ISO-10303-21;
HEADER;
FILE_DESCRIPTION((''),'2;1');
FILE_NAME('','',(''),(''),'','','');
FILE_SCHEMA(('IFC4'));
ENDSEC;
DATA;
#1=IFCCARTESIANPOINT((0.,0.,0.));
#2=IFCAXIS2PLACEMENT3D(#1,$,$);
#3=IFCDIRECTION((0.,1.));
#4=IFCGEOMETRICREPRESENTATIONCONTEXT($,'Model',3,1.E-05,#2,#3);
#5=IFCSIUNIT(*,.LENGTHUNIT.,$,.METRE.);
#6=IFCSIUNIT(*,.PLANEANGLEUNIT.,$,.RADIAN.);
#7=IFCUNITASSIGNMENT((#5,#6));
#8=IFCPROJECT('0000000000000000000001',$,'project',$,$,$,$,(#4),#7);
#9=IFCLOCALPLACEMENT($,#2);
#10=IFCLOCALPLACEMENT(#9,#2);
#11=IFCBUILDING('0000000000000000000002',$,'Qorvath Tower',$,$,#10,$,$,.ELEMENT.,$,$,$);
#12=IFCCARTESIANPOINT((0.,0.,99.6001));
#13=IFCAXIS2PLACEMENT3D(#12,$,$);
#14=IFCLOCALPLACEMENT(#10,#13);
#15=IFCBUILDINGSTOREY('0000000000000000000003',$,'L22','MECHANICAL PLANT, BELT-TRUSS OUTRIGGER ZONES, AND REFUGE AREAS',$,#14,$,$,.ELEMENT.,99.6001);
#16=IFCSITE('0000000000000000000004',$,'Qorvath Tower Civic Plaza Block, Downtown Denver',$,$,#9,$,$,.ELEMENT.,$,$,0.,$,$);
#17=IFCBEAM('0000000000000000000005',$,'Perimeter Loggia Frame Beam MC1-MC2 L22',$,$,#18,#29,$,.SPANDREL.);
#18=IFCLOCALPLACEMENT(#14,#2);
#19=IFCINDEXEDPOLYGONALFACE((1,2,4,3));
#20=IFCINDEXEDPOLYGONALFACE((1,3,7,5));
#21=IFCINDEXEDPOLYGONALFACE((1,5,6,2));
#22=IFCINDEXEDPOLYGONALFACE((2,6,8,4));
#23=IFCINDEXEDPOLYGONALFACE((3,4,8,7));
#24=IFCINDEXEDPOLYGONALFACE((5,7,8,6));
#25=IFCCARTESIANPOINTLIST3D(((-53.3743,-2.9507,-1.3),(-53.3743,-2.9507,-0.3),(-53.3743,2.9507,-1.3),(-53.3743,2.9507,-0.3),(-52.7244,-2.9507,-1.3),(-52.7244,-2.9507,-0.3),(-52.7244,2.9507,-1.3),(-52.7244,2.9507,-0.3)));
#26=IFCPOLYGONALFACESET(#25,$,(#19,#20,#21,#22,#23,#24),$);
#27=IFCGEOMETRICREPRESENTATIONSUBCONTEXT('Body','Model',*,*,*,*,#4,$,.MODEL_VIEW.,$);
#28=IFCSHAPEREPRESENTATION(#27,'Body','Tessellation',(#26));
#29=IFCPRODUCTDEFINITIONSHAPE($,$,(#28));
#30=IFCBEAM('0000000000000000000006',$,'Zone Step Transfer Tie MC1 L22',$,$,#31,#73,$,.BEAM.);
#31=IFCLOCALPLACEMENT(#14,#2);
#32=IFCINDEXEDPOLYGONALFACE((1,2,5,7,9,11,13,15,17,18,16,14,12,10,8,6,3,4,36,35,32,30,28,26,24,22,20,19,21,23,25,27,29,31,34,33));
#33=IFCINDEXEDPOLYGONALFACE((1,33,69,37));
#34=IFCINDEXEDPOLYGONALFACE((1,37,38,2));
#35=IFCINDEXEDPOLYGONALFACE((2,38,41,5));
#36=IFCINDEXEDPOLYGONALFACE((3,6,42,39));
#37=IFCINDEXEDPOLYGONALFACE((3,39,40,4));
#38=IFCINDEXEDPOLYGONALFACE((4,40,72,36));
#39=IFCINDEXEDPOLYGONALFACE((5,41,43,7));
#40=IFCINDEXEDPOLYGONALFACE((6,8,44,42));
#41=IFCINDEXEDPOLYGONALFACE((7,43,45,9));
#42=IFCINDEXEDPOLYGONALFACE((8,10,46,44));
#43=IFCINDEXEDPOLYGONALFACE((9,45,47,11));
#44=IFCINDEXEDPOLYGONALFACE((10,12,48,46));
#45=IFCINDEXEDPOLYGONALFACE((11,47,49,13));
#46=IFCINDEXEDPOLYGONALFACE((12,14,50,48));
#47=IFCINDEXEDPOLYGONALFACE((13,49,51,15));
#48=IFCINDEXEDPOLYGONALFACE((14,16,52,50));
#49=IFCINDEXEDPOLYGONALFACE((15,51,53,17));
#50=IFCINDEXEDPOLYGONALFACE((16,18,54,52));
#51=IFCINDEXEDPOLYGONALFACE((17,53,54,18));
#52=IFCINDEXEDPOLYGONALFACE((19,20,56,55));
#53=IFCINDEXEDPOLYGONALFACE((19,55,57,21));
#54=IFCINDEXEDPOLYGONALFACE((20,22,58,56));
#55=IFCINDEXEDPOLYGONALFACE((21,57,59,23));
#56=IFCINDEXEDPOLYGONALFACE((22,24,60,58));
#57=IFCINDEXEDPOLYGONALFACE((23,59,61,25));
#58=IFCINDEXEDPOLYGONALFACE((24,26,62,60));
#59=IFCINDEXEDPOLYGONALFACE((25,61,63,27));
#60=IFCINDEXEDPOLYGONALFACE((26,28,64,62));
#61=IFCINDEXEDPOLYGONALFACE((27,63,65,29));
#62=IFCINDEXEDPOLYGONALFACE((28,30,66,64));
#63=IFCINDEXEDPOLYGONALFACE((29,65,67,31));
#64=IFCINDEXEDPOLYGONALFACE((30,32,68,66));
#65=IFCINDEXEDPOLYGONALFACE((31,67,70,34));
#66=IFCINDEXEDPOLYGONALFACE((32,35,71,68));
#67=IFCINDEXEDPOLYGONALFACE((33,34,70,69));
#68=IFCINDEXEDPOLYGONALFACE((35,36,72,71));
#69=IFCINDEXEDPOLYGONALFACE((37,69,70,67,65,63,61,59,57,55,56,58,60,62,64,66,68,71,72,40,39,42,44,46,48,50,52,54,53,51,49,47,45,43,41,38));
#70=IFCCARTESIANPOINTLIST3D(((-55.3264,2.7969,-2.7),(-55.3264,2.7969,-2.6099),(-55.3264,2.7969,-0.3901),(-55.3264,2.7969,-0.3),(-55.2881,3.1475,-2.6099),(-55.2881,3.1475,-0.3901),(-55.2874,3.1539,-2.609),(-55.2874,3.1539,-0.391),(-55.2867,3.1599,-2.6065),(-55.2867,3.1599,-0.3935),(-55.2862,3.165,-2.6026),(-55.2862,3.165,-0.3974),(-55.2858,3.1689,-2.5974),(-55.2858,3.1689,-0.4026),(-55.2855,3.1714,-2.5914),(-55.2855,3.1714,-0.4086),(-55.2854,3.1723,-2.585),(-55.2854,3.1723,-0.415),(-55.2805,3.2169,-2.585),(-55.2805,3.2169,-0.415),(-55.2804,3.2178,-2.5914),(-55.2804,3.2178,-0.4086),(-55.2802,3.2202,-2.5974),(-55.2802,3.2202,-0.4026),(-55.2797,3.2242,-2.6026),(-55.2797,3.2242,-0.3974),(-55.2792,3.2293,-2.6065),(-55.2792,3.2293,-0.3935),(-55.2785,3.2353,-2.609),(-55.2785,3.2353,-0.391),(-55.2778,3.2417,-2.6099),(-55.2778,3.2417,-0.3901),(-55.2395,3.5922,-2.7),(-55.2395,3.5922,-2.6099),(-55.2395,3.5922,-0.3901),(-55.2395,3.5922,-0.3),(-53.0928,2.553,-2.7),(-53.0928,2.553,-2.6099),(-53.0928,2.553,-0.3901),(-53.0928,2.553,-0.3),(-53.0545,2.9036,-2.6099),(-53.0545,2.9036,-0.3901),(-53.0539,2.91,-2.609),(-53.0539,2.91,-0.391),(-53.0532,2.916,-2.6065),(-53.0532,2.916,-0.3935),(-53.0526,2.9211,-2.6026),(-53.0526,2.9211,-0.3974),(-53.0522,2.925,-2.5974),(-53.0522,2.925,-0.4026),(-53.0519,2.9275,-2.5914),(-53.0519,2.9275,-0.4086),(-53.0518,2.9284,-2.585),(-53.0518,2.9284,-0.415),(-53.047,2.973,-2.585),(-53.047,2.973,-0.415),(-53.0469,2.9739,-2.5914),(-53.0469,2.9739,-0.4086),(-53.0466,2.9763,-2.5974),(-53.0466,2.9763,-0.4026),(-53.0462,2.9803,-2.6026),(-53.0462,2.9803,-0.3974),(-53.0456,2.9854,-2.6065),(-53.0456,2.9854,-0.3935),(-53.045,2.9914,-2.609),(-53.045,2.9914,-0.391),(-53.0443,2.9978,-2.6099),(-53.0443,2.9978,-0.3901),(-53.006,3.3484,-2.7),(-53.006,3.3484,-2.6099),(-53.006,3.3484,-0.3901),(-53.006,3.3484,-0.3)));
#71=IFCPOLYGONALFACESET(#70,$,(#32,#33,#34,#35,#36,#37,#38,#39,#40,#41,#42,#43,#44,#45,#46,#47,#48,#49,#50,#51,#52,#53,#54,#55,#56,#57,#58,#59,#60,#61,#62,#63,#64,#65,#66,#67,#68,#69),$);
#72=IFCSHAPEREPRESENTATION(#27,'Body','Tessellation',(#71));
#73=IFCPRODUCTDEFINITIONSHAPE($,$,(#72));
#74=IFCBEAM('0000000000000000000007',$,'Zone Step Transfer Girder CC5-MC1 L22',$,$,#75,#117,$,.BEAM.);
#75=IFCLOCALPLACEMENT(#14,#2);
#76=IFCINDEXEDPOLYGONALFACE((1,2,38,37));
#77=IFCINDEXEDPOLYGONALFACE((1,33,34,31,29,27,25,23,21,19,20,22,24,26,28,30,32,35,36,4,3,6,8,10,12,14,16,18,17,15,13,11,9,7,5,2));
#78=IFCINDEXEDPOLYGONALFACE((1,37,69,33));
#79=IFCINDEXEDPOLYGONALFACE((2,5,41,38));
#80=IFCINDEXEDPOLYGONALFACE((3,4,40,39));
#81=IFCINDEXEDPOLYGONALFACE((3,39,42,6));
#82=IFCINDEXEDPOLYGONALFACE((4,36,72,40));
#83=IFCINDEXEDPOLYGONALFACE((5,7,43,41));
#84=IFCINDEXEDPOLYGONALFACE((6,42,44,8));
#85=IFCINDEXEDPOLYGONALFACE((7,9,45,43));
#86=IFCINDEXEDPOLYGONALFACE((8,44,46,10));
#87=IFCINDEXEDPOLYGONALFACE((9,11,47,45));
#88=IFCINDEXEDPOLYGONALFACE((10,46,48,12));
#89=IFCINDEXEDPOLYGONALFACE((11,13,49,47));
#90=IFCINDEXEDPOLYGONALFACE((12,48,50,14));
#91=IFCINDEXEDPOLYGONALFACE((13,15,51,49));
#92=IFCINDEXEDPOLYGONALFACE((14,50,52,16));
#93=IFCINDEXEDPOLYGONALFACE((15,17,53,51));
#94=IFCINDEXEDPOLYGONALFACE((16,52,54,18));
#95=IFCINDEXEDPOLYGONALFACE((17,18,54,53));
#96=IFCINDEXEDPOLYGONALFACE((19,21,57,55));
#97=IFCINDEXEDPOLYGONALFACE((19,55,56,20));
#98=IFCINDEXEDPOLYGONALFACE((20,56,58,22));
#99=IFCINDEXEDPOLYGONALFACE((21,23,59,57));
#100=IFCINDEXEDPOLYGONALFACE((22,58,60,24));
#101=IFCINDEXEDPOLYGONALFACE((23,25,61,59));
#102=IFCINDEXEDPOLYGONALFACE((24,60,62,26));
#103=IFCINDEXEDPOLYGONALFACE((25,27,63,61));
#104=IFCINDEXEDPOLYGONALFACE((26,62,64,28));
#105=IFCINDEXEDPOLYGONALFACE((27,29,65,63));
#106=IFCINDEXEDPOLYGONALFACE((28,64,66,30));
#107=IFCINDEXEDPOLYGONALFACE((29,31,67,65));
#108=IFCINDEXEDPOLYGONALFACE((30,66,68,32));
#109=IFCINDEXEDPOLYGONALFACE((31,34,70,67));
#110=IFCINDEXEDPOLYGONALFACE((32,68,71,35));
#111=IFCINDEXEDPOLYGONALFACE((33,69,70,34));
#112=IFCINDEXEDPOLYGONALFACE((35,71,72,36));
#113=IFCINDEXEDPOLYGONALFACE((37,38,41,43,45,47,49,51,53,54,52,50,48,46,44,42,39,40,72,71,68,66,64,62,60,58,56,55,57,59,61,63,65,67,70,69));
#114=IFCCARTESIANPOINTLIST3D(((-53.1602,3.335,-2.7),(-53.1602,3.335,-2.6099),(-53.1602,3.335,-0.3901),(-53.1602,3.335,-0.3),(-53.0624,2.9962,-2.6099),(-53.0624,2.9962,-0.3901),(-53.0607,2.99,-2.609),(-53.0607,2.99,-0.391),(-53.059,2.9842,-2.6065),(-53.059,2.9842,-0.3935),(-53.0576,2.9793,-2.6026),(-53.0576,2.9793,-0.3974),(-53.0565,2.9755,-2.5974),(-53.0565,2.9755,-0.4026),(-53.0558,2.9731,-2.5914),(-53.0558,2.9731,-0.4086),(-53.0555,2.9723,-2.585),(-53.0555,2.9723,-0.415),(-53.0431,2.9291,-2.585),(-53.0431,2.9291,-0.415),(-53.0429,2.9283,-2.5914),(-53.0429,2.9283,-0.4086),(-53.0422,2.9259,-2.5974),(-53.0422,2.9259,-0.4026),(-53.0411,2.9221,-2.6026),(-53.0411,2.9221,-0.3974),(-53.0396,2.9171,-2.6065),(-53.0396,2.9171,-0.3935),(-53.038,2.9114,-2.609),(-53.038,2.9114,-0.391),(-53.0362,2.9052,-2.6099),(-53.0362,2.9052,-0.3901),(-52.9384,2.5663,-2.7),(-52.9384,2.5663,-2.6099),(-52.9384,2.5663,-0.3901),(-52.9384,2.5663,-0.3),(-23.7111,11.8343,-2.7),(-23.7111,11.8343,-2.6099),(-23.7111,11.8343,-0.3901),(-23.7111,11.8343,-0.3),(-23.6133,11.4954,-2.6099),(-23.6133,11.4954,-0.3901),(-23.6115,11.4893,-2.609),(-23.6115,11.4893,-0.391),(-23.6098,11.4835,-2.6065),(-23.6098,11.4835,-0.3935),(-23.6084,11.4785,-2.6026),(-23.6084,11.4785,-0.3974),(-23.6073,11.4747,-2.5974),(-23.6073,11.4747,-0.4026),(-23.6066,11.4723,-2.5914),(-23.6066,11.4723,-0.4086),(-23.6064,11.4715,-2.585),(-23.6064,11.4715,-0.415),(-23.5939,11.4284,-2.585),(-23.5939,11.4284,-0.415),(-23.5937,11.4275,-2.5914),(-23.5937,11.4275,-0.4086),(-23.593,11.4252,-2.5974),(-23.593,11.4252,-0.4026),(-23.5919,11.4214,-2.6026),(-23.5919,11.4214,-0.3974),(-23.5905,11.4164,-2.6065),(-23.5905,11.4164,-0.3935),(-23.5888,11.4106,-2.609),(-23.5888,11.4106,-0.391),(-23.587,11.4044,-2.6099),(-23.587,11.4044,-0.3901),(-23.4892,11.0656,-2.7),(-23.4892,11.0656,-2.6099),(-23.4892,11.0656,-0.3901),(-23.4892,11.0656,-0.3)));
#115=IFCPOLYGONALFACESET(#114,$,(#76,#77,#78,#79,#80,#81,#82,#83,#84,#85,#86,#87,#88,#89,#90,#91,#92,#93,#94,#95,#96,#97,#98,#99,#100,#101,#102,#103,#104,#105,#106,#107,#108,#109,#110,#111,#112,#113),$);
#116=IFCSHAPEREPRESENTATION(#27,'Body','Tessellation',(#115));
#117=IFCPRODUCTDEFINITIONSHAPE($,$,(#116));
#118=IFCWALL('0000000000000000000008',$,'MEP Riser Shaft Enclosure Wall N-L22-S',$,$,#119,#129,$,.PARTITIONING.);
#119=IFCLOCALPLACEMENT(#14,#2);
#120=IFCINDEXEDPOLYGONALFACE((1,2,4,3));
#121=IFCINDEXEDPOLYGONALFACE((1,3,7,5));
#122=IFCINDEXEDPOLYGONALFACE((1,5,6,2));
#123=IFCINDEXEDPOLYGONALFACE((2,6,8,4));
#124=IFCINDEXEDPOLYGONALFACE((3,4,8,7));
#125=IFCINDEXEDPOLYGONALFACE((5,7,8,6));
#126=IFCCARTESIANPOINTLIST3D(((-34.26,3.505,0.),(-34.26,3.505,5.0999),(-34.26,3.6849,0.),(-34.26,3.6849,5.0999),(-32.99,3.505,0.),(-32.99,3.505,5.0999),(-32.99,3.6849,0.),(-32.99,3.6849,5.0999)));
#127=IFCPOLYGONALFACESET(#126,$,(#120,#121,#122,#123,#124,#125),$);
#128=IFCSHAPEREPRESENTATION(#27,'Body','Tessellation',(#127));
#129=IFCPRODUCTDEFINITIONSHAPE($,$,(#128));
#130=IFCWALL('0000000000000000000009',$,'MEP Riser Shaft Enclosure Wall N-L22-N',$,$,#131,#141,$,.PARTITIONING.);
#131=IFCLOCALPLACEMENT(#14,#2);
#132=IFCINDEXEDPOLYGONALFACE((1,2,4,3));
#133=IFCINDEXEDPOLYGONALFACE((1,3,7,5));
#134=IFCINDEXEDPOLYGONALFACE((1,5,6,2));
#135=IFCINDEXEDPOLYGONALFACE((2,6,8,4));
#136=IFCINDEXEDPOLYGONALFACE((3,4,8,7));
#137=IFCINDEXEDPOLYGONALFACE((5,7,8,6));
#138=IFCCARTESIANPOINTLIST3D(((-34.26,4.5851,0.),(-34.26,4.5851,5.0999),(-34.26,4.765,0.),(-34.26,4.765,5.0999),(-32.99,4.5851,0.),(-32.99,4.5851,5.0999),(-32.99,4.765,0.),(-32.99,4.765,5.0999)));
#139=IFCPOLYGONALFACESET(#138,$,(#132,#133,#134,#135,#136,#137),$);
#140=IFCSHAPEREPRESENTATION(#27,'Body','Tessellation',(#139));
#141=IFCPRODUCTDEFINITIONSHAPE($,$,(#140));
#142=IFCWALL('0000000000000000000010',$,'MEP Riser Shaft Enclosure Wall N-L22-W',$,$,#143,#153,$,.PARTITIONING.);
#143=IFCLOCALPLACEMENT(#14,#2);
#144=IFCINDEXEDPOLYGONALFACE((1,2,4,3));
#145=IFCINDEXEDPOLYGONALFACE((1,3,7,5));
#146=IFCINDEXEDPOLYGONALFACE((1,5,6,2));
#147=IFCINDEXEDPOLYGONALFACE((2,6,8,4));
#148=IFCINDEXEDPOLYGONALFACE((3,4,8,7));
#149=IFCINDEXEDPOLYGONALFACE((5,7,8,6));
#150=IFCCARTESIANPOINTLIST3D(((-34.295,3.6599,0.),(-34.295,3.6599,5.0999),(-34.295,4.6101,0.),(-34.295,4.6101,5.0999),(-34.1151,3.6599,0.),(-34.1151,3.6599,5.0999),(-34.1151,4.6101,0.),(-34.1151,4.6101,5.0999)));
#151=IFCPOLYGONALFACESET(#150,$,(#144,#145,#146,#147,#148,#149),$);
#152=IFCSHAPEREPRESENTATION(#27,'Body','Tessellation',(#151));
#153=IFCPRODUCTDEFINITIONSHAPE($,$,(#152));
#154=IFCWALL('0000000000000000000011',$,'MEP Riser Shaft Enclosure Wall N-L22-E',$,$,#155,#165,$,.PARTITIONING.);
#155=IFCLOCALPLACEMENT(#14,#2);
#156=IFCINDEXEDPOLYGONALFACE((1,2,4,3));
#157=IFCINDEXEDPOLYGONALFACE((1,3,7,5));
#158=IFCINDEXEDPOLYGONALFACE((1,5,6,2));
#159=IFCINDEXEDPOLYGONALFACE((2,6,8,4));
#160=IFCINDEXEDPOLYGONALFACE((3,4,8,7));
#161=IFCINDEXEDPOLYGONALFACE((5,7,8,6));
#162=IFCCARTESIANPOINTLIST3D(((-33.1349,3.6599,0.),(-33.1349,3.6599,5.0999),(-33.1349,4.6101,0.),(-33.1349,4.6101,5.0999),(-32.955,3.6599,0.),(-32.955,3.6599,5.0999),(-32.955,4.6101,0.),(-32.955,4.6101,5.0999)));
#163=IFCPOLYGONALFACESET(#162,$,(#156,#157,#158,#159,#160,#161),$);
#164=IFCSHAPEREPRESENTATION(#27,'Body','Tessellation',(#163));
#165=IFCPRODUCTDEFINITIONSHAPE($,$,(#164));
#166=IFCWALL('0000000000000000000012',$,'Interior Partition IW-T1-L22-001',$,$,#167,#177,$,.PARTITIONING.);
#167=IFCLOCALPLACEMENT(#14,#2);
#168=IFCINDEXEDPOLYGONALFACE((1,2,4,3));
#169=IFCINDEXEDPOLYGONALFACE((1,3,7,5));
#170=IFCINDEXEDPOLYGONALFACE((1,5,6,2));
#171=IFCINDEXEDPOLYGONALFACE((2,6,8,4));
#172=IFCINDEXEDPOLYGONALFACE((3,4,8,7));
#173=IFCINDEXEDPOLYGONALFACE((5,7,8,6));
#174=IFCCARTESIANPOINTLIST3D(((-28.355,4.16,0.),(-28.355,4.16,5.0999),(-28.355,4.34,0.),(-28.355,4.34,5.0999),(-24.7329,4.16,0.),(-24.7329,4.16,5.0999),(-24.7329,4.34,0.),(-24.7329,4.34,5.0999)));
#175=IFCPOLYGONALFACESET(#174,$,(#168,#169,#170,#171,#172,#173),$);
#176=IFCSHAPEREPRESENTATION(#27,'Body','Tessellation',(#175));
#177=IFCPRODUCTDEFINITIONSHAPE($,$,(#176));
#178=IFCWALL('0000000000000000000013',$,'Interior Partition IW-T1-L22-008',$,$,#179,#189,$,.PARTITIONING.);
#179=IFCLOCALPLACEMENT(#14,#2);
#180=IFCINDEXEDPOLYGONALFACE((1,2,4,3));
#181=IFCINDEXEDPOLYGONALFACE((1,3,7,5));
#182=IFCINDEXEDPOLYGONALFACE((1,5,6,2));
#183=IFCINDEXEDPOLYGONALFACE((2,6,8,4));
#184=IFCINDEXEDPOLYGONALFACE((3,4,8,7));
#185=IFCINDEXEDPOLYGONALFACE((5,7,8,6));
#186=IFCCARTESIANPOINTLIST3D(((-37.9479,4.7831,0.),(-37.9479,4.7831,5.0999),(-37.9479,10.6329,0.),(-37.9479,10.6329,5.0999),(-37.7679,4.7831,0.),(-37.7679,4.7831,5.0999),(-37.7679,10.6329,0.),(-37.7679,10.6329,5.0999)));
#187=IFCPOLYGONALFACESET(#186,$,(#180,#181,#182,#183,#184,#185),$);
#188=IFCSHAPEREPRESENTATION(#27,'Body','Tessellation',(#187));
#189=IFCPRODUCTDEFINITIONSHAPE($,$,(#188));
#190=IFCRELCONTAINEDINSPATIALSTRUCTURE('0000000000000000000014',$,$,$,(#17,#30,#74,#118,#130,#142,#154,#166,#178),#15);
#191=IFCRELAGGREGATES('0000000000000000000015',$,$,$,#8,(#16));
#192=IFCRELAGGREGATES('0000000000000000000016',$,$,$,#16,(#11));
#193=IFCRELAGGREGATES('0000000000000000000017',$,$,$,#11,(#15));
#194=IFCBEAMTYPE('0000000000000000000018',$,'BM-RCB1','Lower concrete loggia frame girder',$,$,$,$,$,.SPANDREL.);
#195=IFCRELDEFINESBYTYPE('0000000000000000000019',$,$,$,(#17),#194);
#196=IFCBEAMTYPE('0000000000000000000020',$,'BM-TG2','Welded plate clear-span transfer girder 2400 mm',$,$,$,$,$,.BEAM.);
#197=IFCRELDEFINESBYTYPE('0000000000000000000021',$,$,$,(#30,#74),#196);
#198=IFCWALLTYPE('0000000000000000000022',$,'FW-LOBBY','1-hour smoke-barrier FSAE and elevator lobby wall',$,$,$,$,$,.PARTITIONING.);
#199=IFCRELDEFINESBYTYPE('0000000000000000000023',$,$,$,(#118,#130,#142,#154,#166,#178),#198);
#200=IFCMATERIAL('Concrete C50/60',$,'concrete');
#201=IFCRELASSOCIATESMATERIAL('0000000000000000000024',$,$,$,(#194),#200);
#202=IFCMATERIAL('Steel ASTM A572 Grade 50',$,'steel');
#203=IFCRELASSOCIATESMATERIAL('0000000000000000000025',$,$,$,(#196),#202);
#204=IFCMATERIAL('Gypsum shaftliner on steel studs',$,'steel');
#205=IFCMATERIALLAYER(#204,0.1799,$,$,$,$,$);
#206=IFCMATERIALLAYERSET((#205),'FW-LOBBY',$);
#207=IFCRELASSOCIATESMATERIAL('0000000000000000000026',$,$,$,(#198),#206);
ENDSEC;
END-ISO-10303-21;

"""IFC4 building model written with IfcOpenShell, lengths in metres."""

from ifc_helpers import new_model, si_unit, direction, frame, frame_2d, origin, origin_2d, place, context, subcontext, project, spatial, rectangle, i_section, extrude, material, layer, layer_set, material_profile, profile_set, type_object, element, save


model = new_model("IFC4")

# Units and contexts
model_context = context("Model", 3, precision=1e-05, world=origin(), true_north=direction((0.0, 1.0)))
body_context = subcontext(model_context, "Body", "Model", "MODEL_VIEW")
ifc_project = project(units=[si_unit("LENGTHUNIT", "METRE"), si_unit("PLANEANGLEUNIT", "RADIAN")], contexts=[model_context])

# Site, building, storey
site_placement = place(None, origin())
site = spatial("IfcSite", under=ifc_project, at=site_placement, Name="Qorvath Tower Civic Plaza Block, Downtown Denver", CompositionType="ELEMENT", RefElevation=0.0)
building_placement = place(site_placement, origin())
building = spatial("IfcBuilding", under=site, at=building_placement, Name="Qorvath Tower", CompositionType="ELEMENT")
storey_placement = place(building_placement, frame((0.0, 0.0, 99.6001)))
storey = spatial("IfcBuildingStorey", under=building, at=storey_placement, Name="L22", Description="MECHANICAL PLANT, BELT-TRUSS OUTRIGGER ZONES, AND REFUGE AREAS", CompositionType="ELEMENT", Elevation=99.6001)

# Beams
ifc_material_1 = material(Name="Concrete C50/60", Category="concrete")
ifc_material_profile_1 = material_profile(ifc_material_1, rectangle(XDim=0.6499, YDim=1.0, at=origin_2d()), Name="RCB 1000x650")
ifc_profile_set_1 = profile_set([ifc_material_profile_1], Name="Concrete C50/60")
beam_type_1 = type_object("IfcBeamType", Name="BM-RCB1", Description="Lower concrete loggia frame girder", PredefinedType="SPANDREL", material=ifc_profile_set_1)
beam_1_placement = place(storey_placement, frame((-53.0493, 2.9507, -0.8), z_axis=(0.0, -1.0, 0.0), x_axis=(1.0, 0.0, 0.0)))
element("IfcBeam", 1, at=beam_1_placement, inside=storey, type_object=beam_type_1, Name="Perimeter Loggia Frame Beam MC1-MC2 L22", PredefinedType="SPANDREL", context=body_context, shape_type="SweptSolid", body=[
    extrude(rectangle(XDim=0.6499, YDim=1.0, at=origin_2d()), origin(), (0.0, 0.0, 1.0), 5.9014),
])
ifc_material_2 = material(Name="Steel ASTM A572 Grade 50", Category="steel")
ifc_material_profile_2 = material_profile(ifc_material_2, i_section(OverallWidth=0.8, OverallDepth=2.3999, WebThickness=0.0449, FlangeThickness=0.0901, FilletRadius=0.0249, at=origin_2d()), Name="WTG 2400x800")
ifc_profile_set_2 = profile_set([ifc_material_profile_2], Name="Steel ASTM A572 Grade 50")
beam_type_2 = type_object("IfcBeamType", Name="BM-TG2", Description="Welded plate clear-span transfer girder 2400 mm", PredefinedType="BEAM", material=ifc_profile_set_2)
beam_2_placement = place(storey_placement, frame((-55.283, 3.1946, -1.5), z_axis=(0.994091, -0.108547, 0.0), x_axis=(0.108547, 0.994091, 0.0)))
element("IfcBeam", 2, at=beam_2_placement, inside=storey, type_object=beam_type_2, Name="Zone Step Transfer Tie MC1 L22", PredefinedType="BEAM", context=body_context, shape_type="SweptSolid", body=[
    extrude(i_section(OverallWidth=0.8, OverallDepth=2.3999, WebThickness=0.0449, FlangeThickness=0.0901, FilletRadius=0.0249, at=origin_2d()), origin(), (0.0, 0.0, 1.0), 2.2468),
])
beam_3_placement = place(storey_placement, frame((-53.0493, 2.9507, -1.5), z_axis=(0.960786, 0.27729, 0.0), x_axis=(-0.27729, 0.960786, 0.0)))
element("IfcBeam", 3, at=beam_3_placement, inside=storey, type_object=beam_type_2, Name="Zone Step Transfer Girder CC5-MC1 L22", PredefinedType="BEAM", context=body_context, shape_type="SweptSolid", body=[
    extrude(i_section(OverallWidth=0.8, OverallDepth=2.3999, WebThickness=0.0449, FlangeThickness=0.0901, FilletRadius=0.0249, at=origin_2d()), origin(), (0.0, 0.0, 1.0), 30.6511),
])

# Walls
ifc_material_3 = material(Name="Gypsum shaftliner on steel studs", Category="steel")
ifc_layer_1 = layer(ifc_material_3, 0.1799)
ifc_layer_set_1 = layer_set([ifc_layer_1], Name="FW-LOBBY")
wall_type_1 = type_object("IfcWallType", Name="FW-LOBBY", Description="1-hour smoke-barrier FSAE and elevator lobby wall", PredefinedType="PARTITIONING", material=ifc_layer_set_1)
for number, where, z_axis, x_axis, name in (
    (4, (-32.99, 3.595, 0.0), (0.0, 0.0, 1.0), (-1.0, 0.0, 0.0), "MEP Riser Shaft Enclosure Wall N-L22-S"),
    (5, (-34.26, 4.675, 0.0), (0.0, 0.0, 1.0), (1.0, 0.0, 0.0), "MEP Riser Shaft Enclosure Wall N-L22-N"),
):
    element("IfcWall", number, at=place(storey_placement, frame(where, z_axis=z_axis, x_axis=x_axis)), inside=storey, type_object=wall_type_1, Name=name, PredefinedType="PARTITIONING", context=body_context, shape_type="SweptSolid", body=[
        extrude(rectangle(XDim=1.27, YDim=0.1799, at=frame_2d((0.635, 0.0))), origin(), (0.0, 0.0, 1.0), 5.0999),
    ])
for number, where, z_axis, x_axis, name in (
    (6, (-34.2051, 3.6599, 0.0), (0.0, 0.0, 1.0), (0.0, 1.0, 0.0), "MEP Riser Shaft Enclosure Wall N-L22-W"),
    (7, (-33.0449, 4.6101, 0.0), (0.0, 0.0, 1.0), (0.0, -1.0, 0.0), "MEP Riser Shaft Enclosure Wall N-L22-E"),
):
    element("IfcWall", number, at=place(storey_placement, frame(where, z_axis=z_axis, x_axis=x_axis)), inside=storey, type_object=wall_type_1, Name=name, PredefinedType="PARTITIONING", context=body_context, shape_type="SweptSolid", body=[
        extrude(rectangle(XDim=0.9502, YDim=0.1799, at=frame_2d((0.4751, 0.0))), origin(), (0.0, 0.0, 1.0), 5.0999),
    ])
wall_1_placement = place(storey_placement, frame((-28.355, 4.25, 0.0), z_axis=(0.0, 0.0, 1.0), x_axis=(1.0, 0.0, 0.0)))
element("IfcWall", 8, at=wall_1_placement, inside=storey, type_object=wall_type_1, Name="Interior Partition IW-T1-L22-001", PredefinedType="PARTITIONING", context=body_context, shape_type="SweptSolid", body=[
    extrude(rectangle(XDim=3.6221, YDim=0.1799, at=frame_2d((1.811, 0.0))), origin(), (0.0, 0.0, 1.0), 5.0999),
])
wall_2_placement = place(storey_placement, frame((-37.8579, 4.7832, 0.0), z_axis=(0.0, 0.0, 1.0), x_axis=(0.0, 1.0, 0.0)))
element("IfcWall", 9, at=wall_2_placement, inside=storey, type_object=wall_type_1, Name="Interior Partition IW-T1-L22-008", PredefinedType="PARTITIONING", context=body_context, shape_type="SweptSolid", body=[
    extrude(rectangle(XDim=5.8499, YDim=0.1799, at=frame_2d((2.9248, 0.0))), origin(), (0.0, 0.0, 1.0), 5.0999),
])

save(model, "model.ifc")
